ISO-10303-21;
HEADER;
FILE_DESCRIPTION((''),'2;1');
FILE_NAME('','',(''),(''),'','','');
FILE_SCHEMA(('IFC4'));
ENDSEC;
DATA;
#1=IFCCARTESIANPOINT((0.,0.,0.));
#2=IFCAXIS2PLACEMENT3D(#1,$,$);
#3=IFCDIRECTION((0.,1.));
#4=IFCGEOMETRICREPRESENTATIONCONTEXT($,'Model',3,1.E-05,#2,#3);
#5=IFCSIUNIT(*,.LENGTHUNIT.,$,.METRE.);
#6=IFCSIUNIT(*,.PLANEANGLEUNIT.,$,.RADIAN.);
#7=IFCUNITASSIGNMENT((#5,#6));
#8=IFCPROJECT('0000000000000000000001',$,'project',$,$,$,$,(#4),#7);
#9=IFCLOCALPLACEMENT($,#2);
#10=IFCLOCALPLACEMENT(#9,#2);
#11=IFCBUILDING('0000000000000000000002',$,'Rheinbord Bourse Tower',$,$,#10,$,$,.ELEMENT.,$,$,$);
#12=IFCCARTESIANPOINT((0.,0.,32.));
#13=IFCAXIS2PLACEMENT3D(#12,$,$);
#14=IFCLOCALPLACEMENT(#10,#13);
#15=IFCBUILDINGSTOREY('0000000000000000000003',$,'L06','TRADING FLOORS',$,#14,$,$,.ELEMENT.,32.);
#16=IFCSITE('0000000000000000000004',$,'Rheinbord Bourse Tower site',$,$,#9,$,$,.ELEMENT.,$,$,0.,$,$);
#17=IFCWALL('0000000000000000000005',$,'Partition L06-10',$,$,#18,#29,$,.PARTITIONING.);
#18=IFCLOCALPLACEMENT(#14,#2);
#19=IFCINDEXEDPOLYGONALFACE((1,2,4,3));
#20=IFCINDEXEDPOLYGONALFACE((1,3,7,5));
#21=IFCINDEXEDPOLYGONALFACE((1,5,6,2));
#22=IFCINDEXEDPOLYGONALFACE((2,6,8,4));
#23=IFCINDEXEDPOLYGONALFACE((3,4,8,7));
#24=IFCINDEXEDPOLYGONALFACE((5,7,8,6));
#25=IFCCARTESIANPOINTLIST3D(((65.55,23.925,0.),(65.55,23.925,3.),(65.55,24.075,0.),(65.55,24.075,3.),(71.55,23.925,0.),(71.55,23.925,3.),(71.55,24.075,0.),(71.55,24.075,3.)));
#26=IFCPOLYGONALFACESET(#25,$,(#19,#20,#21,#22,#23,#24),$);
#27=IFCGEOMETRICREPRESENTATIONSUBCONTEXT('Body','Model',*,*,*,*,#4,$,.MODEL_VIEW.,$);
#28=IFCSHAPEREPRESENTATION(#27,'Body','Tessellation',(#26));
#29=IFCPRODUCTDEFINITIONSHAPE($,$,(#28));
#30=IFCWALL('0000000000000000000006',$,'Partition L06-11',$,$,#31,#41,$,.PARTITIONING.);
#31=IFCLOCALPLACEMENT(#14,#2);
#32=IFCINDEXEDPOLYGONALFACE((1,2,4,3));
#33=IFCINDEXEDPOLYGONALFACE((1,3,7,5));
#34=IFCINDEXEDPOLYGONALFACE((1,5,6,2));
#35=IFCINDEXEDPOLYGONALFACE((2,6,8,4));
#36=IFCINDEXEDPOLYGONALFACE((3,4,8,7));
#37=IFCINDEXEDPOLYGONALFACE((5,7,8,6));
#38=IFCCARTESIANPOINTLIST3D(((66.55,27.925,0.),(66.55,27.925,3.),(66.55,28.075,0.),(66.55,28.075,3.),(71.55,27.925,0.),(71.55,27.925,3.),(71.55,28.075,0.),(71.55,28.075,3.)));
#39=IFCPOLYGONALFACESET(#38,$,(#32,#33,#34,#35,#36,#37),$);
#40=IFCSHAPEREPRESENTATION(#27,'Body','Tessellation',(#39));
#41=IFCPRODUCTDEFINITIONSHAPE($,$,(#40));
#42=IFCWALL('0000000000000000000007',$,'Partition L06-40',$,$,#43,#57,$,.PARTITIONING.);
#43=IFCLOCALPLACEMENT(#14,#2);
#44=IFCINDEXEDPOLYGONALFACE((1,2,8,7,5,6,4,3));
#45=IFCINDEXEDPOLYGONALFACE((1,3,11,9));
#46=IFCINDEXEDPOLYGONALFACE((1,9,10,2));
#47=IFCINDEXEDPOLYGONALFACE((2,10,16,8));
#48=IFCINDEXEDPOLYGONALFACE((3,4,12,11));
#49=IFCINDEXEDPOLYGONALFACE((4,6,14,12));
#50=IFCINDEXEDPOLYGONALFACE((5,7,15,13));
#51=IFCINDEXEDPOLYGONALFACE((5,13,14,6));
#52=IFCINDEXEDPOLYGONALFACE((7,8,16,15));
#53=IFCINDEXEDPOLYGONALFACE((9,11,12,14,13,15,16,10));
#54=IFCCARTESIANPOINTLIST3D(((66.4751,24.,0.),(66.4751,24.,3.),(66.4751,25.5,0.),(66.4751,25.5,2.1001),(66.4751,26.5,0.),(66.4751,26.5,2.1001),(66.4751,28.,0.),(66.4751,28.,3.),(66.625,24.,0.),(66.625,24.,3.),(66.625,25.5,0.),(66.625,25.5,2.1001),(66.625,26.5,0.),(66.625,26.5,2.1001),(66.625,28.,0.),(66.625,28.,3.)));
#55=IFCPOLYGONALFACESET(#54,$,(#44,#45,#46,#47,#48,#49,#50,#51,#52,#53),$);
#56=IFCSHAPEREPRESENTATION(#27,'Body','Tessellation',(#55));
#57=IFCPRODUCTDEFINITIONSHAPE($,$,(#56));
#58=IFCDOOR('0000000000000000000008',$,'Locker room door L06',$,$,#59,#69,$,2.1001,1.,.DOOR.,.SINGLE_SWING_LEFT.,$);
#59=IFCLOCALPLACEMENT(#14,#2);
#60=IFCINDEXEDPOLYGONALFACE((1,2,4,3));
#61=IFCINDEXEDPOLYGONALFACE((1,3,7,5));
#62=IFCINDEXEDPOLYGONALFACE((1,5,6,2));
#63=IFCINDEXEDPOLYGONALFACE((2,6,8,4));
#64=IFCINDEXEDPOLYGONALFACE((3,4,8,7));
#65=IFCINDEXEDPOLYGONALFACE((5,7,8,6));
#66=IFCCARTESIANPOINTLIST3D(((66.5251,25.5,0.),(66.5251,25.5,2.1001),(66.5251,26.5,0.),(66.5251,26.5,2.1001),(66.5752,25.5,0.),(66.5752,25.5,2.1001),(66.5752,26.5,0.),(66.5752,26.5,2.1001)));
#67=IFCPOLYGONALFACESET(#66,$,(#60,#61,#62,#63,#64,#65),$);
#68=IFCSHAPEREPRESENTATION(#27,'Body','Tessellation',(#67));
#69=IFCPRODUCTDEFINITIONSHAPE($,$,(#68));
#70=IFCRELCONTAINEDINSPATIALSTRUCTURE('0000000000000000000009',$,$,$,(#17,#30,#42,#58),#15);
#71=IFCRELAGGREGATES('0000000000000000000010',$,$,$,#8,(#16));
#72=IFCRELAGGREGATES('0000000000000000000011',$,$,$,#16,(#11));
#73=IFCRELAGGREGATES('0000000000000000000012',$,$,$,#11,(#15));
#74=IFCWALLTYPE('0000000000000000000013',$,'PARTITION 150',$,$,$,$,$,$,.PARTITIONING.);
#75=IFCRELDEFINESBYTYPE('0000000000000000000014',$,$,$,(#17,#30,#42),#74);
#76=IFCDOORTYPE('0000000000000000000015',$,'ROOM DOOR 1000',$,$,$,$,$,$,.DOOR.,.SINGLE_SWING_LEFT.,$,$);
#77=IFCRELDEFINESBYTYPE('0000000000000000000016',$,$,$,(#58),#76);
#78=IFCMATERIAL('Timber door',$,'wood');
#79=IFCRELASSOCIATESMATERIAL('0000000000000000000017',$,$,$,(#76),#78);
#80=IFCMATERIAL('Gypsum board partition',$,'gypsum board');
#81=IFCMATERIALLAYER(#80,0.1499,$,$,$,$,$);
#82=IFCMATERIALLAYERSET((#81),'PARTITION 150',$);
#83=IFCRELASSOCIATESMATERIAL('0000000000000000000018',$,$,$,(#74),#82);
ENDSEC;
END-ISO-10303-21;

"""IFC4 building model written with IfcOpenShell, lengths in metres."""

from ifc_helpers import new_model, si_unit, direction, frame, frame_2d, origin, place, context, subcontext, project, spatial, rectangle, extrude, material, layer, layer_set, type_object, element, fill, save


model = new_model("IFC4")

# Units and contexts
model_context = context("Model", 3, precision=1e-05, world=origin(), true_north=direction((0.0, 1.0)))
body_context = subcontext(model_context, "Body", "Model", "MODEL_VIEW")
ifc_project = project(units=[si_unit("LENGTHUNIT", "METRE"), si_unit("PLANEANGLEUNIT", "RADIAN")], contexts=[model_context])

# Site, building, storey
site_placement = place(None, origin())
site = spatial("IfcSite", under=ifc_project, at=site_placement, Name="Rheinbord Bourse Tower site", CompositionType="ELEMENT", RefElevation=0.0)
building_placement = place(site_placement, origin())
building = spatial("IfcBuilding", under=site, at=building_placement, Name="Rheinbord Bourse Tower", CompositionType="ELEMENT")
storey_placement = place(building_placement, frame((0.0, 0.0, 32.0)))
storey = spatial("IfcBuildingStorey", under=building, at=storey_placement, Name="L06", Description="TRADING FLOORS", CompositionType="ELEMENT", Elevation=32.0)

# Shared definitions
ifc_material_1 = material(Name="Timber door", Category="wood")
door_type = type_object("IfcDoorType", Name="ROOM DOOR 1000", OperationType="SINGLE_SWING_LEFT", PredefinedType="DOOR", material=ifc_material_1)

# Walls
ifc_material_2 = material(Name="Gypsum board partition", Category="gypsum board")
ifc_layer_1 = layer(ifc_material_2, 0.1499)
ifc_layer_set_1 = layer_set([ifc_layer_1], Name="PARTITION 150")
wall_type_1 = type_object("IfcWallType", Name="PARTITION 150", PredefinedType="PARTITIONING", material=ifc_layer_set_1)
wall_1_placement = place(storey_placement, frame((65.55, 24.0, 0.0), z_axis=(0.0, 0.0, 1.0), x_axis=(1.0, 0.0, 0.0)))
element("IfcWall", 1, at=wall_1_placement, inside=storey, type_object=wall_type_1, Name="Partition L06-10", PredefinedType="PARTITIONING", context=body_context, shape_type="SweptSolid", body=[
    extrude(rectangle(XDim=6.0, YDim=0.1499, at=frame_2d((3.0, 0.0))), origin(), (0.0, 0.0, 1.0), 3.0),
])
wall_2_placement = place(storey_placement, frame((66.55, 28.0, 0.0), z_axis=(0.0, 0.0, 1.0), x_axis=(1.0, 0.0, 0.0)))
element("IfcWall", 2, at=wall_2_placement, inside=storey, type_object=wall_type_1, Name="Partition L06-11", PredefinedType="PARTITIONING", context=body_context, shape_type="SweptSolid", body=[
    extrude(rectangle(XDim=5.0, YDim=0.1499, at=frame_2d((2.5, 0.0))), origin(), (0.0, 0.0, 1.0), 3.0),
])

# Wall, opening, door
wall_3_placement = place(storey_placement, frame((66.55, 24.0, 0.0), z_axis=(0.0, 0.0, 1.0), x_axis=(0.0, 1.0, 0.0)))
wall_3 = element("IfcWall", 3, at=wall_3_placement, inside=storey, type_object=wall_type_1, Name="Partition L06-40", PredefinedType="PARTITIONING", context=body_context, shape_type="SweptSolid", body=[
    extrude(rectangle(XDim=4.0, YDim=0.1499, at=frame_2d((2.0, 0.0))), origin(), (0.0, 0.0, 1.0), 3.0),
])
opening_1_placement = place(wall_3_placement, frame((1.5, 0.0, 0.0)))
opening_1 = element("IfcOpeningElement", 4, at=opening_1_placement, cuts=wall_3, PredefinedType="OPENING", context=body_context, shape_type="SweptSolid", body=[
    extrude(rectangle(XDim=1.0, YDim=2.1001, at=frame_2d((0.5, 1.05))), frame((0.0, 0.085, 0.0), z_axis=(0.0, -1.0, 0.0), x_axis=(1.0, 0.0, 0.0)), (0.0, 0.0, 1.0), 0.1699),
])
door_1_placement = place(opening_1_placement, origin())
door_1 = element("IfcDoor", 5, at=door_1_placement, inside=storey, type_object=door_type, Name="Locker room door L06", OperationType="SINGLE_SWING_LEFT", OverallHeight=2.1001, OverallWidth=1.0, PredefinedType="DOOR", context=body_context, shape_type="SweptSolid", body=[
    extrude(rectangle(XDim=1.0, YDim=2.1001, at=frame_2d((0.5, 1.05))), frame((0.0, 0.0249, 0.0), z_axis=(0.0, -1.0, 0.0), x_axis=(1.0, 0.0, 0.0)), (0.0, 0.0, 1.0), 0.05),
])
fill(opening_1, door_1)

save(model, "model.ifc")
